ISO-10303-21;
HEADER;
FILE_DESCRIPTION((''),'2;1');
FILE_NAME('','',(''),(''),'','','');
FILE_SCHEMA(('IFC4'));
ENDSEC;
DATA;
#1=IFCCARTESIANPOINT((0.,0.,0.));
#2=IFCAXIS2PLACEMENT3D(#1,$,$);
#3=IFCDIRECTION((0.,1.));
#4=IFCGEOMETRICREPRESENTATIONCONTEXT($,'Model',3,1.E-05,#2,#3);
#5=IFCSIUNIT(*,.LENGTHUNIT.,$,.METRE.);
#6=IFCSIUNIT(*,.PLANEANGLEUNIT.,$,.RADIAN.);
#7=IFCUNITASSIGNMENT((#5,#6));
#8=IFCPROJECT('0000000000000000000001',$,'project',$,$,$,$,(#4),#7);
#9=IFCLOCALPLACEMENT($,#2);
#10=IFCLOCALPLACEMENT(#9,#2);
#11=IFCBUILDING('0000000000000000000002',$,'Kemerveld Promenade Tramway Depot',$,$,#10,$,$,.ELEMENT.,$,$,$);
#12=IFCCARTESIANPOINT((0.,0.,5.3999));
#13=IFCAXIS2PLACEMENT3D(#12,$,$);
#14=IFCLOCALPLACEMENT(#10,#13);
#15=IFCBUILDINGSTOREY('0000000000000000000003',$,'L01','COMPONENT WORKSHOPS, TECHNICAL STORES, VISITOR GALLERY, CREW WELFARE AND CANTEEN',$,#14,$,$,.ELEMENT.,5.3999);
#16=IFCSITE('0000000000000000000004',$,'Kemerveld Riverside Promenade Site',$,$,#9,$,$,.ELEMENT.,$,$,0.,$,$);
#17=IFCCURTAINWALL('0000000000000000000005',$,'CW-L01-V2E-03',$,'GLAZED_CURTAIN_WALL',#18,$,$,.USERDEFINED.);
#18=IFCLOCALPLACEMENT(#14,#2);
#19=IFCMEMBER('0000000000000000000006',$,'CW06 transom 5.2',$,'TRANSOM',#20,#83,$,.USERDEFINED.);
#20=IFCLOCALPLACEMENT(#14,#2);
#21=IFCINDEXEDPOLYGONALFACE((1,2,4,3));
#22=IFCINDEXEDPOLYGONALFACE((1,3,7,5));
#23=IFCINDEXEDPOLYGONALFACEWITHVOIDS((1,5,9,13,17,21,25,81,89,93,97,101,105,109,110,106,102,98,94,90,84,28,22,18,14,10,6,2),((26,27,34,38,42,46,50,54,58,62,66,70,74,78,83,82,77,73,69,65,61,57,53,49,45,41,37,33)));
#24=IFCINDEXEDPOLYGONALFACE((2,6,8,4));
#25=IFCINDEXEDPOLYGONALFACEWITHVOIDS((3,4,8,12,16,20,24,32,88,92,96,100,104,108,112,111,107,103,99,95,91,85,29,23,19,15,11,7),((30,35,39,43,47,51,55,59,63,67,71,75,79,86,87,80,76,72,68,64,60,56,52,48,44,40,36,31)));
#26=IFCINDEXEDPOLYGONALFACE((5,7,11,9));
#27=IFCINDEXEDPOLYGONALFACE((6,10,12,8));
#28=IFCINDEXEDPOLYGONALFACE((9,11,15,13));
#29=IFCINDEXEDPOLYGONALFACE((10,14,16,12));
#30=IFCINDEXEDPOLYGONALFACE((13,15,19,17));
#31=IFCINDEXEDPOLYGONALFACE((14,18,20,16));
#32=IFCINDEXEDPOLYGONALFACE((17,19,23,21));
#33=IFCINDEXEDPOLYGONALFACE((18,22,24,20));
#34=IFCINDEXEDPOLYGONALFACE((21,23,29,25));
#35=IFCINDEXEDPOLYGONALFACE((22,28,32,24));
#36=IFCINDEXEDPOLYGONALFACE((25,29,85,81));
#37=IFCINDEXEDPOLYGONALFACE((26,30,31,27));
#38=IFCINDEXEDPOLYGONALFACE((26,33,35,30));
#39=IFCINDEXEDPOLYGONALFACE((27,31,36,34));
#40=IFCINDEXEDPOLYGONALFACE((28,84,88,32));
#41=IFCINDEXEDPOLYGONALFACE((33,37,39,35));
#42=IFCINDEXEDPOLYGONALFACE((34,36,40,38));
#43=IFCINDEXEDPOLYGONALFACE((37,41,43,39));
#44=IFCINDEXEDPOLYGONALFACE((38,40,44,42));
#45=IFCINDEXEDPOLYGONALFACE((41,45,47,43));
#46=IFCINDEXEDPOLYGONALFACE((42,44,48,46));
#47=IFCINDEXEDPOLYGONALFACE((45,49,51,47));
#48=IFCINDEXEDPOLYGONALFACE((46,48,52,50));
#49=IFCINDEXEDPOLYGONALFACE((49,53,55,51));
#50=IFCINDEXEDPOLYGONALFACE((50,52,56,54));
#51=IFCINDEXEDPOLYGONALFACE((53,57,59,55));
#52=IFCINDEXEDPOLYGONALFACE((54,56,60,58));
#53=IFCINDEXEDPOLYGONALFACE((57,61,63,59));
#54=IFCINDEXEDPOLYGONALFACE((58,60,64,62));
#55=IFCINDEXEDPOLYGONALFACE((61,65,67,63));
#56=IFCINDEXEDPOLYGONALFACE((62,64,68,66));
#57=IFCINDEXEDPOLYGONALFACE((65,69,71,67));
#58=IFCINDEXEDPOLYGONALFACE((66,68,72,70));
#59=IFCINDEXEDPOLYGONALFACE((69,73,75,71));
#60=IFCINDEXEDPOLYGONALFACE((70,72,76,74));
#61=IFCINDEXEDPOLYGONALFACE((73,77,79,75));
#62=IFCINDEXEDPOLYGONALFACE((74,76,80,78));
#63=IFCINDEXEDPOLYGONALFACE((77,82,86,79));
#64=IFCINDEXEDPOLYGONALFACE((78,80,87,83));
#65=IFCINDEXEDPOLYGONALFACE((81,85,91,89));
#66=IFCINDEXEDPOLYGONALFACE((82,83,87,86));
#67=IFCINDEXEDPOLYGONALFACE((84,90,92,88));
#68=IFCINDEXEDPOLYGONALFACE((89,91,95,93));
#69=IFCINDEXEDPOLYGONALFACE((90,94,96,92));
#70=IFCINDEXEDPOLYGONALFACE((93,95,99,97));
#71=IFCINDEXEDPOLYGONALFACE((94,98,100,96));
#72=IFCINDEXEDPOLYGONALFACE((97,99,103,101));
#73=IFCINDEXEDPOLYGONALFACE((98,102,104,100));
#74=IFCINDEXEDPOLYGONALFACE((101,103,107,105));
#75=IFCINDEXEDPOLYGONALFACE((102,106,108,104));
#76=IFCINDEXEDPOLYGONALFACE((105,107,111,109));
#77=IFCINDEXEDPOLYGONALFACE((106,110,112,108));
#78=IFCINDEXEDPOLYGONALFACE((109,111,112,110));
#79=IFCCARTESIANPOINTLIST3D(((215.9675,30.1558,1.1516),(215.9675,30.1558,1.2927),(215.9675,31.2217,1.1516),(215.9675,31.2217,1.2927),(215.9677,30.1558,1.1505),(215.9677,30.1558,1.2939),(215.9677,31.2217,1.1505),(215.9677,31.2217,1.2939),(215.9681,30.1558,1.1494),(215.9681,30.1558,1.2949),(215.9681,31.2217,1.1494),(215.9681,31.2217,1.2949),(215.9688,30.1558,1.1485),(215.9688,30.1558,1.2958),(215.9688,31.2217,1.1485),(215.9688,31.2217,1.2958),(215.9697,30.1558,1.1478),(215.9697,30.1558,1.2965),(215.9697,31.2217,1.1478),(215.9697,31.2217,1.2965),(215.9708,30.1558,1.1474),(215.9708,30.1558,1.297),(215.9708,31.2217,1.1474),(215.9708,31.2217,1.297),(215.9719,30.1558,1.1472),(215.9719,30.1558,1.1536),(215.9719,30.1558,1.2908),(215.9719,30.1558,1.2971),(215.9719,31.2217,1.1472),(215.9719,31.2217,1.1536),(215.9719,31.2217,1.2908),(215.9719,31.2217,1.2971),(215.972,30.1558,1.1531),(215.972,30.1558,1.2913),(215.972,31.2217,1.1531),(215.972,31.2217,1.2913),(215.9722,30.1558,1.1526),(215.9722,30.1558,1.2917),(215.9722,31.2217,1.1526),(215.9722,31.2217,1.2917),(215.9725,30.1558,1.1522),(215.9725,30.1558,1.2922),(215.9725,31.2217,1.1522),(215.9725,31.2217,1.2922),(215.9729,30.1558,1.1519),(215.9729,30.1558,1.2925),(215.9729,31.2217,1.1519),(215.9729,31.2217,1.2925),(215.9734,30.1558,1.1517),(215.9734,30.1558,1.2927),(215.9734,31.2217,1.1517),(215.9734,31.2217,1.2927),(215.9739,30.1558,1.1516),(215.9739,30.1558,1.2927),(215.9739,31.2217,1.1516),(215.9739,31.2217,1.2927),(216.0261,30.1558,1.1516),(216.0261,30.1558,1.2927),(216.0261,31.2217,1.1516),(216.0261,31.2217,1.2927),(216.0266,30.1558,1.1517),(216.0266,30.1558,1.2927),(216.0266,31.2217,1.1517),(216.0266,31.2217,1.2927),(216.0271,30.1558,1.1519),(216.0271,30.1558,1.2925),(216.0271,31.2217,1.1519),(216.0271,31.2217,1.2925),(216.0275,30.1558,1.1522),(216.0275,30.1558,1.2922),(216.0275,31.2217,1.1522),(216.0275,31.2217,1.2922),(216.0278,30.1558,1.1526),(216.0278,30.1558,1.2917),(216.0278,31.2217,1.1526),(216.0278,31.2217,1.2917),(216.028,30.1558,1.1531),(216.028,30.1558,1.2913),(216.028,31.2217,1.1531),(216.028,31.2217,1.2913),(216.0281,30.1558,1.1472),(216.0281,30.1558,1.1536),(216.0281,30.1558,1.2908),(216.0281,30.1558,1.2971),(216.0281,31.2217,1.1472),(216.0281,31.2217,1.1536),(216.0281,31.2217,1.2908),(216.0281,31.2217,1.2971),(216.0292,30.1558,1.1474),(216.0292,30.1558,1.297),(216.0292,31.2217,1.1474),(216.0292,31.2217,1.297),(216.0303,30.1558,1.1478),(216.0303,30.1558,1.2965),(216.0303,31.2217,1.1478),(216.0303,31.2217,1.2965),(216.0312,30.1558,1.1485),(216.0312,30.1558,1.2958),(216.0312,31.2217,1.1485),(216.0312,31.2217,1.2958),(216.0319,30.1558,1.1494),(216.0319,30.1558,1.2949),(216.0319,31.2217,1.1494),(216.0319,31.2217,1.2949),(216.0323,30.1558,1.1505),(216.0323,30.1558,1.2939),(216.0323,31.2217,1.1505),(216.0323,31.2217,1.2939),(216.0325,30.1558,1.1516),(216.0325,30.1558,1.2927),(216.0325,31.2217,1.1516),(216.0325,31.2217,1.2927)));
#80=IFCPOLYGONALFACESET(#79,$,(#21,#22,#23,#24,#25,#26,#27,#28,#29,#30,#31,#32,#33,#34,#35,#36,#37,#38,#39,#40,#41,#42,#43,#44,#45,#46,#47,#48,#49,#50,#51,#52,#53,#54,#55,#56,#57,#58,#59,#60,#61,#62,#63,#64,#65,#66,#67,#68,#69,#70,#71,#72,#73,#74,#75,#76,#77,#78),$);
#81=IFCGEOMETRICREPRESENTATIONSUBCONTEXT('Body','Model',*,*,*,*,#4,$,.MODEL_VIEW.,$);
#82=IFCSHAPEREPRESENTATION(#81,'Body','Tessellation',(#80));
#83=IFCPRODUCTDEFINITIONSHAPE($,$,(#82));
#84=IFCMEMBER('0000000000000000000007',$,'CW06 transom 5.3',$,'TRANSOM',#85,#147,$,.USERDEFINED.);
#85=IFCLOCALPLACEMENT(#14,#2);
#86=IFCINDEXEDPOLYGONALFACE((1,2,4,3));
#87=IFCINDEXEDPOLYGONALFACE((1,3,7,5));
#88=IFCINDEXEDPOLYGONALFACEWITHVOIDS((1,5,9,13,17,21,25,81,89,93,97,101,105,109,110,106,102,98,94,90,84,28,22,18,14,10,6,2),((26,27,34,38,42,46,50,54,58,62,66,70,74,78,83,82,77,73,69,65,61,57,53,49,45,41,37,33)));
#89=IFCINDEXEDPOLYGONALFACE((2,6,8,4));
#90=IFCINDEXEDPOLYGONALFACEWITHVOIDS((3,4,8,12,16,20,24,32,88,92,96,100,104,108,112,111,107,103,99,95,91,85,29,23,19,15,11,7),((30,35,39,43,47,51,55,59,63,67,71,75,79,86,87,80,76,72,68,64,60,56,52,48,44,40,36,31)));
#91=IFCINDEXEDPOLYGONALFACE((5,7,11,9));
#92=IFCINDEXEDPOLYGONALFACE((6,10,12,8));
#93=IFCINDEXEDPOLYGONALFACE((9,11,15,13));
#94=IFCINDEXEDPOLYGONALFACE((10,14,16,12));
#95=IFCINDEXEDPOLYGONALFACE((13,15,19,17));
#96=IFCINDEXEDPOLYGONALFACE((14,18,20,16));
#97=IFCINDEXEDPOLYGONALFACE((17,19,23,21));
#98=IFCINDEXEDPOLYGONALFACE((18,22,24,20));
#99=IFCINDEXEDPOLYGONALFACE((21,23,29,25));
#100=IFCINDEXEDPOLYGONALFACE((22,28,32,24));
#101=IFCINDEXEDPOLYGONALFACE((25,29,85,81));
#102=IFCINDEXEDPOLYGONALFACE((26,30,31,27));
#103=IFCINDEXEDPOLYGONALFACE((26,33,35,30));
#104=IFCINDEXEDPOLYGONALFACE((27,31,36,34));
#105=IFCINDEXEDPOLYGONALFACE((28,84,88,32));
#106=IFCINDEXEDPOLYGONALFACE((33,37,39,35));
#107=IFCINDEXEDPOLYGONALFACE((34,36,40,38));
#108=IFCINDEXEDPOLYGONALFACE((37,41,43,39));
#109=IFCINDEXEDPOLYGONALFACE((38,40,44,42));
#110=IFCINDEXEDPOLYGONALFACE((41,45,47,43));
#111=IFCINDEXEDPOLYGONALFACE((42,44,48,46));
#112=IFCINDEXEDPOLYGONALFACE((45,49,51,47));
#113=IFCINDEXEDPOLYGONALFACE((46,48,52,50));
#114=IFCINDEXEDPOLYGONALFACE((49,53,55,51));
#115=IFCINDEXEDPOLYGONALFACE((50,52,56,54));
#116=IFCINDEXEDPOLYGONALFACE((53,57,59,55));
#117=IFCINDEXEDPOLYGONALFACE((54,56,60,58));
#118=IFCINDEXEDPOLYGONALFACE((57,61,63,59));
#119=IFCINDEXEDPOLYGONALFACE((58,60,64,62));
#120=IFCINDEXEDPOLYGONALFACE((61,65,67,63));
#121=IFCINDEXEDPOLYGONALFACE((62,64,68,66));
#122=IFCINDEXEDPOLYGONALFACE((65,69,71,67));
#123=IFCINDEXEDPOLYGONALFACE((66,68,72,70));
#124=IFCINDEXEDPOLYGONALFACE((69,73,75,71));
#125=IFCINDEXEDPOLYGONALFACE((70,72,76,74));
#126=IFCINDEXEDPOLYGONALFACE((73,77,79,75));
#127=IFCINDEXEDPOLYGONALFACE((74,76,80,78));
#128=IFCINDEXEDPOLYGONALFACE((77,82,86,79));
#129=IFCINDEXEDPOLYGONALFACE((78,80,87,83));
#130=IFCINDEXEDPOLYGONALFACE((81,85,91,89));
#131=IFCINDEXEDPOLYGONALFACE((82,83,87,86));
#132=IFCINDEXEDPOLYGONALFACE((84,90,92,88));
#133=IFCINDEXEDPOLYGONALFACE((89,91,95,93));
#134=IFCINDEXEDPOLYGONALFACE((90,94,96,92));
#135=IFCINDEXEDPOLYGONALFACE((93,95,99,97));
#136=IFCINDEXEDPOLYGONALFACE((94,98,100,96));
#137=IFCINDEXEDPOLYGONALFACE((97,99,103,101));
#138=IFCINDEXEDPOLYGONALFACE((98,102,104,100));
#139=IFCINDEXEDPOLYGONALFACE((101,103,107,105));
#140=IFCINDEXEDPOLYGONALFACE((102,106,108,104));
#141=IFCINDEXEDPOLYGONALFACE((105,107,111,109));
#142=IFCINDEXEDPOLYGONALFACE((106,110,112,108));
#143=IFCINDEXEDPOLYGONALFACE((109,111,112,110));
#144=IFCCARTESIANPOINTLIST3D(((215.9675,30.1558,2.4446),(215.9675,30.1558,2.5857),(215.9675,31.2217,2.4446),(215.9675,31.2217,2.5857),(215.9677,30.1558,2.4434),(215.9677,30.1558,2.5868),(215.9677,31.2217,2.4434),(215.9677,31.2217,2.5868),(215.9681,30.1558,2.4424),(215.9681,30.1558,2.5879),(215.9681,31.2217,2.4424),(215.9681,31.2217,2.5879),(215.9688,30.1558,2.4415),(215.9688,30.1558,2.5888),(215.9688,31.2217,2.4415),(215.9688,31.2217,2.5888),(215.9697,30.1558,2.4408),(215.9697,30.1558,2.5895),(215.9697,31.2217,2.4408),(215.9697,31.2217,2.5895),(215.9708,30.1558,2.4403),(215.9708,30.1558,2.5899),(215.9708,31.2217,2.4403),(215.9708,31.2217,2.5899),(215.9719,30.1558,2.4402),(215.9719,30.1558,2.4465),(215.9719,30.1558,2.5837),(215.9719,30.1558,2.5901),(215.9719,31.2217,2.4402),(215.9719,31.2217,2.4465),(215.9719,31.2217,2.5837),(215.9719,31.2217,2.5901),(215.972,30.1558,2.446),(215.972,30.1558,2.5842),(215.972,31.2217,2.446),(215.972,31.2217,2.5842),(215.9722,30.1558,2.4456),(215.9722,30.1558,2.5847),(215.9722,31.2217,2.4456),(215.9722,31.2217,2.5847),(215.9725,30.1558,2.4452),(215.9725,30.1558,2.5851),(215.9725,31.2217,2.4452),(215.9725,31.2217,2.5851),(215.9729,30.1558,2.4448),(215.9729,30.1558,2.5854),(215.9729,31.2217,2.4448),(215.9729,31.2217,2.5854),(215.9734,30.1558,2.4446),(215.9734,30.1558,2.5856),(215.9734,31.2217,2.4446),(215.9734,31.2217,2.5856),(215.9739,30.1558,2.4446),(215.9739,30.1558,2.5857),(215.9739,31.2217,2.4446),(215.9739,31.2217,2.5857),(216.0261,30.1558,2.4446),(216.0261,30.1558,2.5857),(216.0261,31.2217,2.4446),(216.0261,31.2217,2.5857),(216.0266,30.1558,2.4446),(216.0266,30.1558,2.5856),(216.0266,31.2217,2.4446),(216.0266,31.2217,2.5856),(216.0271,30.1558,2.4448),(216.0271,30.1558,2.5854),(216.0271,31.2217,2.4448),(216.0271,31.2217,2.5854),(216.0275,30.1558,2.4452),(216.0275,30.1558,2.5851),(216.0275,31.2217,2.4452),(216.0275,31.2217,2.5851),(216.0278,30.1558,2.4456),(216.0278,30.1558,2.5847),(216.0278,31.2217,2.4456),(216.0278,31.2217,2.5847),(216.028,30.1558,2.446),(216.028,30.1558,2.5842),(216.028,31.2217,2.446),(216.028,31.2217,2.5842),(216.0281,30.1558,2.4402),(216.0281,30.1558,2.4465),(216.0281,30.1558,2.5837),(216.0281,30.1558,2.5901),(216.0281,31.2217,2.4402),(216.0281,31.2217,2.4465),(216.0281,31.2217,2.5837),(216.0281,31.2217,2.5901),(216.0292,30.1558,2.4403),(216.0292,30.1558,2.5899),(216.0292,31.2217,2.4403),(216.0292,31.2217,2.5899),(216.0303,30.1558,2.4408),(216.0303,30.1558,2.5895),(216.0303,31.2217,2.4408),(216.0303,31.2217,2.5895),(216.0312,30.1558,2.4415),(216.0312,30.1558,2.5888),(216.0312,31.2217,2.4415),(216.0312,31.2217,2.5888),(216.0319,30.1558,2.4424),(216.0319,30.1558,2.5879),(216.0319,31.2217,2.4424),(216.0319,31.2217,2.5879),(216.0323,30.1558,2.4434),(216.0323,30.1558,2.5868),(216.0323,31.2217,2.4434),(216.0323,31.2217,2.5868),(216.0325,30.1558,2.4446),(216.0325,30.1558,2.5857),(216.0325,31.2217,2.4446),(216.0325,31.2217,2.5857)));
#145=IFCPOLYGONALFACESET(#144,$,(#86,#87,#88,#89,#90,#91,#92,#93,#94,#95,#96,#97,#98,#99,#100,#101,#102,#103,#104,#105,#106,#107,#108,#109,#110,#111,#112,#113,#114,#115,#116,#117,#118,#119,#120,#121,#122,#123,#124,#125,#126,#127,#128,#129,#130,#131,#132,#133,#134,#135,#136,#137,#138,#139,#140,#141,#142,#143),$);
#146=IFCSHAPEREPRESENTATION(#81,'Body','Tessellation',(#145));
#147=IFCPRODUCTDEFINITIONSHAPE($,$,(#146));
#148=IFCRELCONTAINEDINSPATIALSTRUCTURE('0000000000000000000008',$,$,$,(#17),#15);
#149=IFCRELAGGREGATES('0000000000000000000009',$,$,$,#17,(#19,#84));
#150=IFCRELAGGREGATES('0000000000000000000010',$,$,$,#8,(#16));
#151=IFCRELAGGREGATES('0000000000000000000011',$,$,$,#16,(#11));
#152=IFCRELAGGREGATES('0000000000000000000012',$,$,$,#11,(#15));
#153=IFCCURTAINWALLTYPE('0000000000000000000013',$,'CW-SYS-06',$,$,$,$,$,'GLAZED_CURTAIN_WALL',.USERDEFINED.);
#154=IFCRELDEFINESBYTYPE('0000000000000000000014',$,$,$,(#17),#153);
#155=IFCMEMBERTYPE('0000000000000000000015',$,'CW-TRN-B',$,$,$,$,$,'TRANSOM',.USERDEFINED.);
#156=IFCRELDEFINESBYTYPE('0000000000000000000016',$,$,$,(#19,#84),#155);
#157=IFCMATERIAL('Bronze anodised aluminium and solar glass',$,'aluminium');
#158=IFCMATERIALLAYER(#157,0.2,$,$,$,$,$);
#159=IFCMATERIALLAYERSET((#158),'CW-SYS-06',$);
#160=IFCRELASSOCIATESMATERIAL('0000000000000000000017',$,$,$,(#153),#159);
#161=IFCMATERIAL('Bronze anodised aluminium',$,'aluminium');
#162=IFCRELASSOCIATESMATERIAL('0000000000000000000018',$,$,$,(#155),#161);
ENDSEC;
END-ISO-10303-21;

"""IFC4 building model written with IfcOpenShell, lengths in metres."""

from ifc_helpers import new_model, si_unit, direction, frame, origin, origin_2d, place, context, subcontext, project, spatial, hollow_rectangle, extrude, material, layer, layer_set, material_profile, profile_set, type_object, element, aggregate, save


model = new_model("IFC4")

# Units and contexts
model_context = context("Model", 3, precision=1e-05, world=origin(), true_north=direction((0.0, 1.0)))
body_context = subcontext(model_context, "Body", "Model", "MODEL_VIEW")
ifc_project = project(units=[si_unit("LENGTHUNIT", "METRE"), si_unit("PLANEANGLEUNIT", "RADIAN")], contexts=[model_context])

# Site, building, storey
site_placement = place(None, origin())
site = spatial("IfcSite", under=ifc_project, at=site_placement, Name="Kemerveld Riverside Promenade Site", CompositionType="ELEMENT", RefElevation=0.0)
building_placement = place(site_placement, origin())
building = spatial("IfcBuilding", under=site, at=building_placement, Name="Kemerveld Promenade Tramway Depot", CompositionType="ELEMENT")
storey_placement = place(building_placement, frame((0.0, 0.0, 5.3999)))
storey = spatial("IfcBuildingStorey", under=building, at=storey_placement, Name="L01", Description="COMPONENT WORKSHOPS, TECHNICAL STORES, VISITOR GALLERY, CREW WELFARE AND CANTEEN", CompositionType="ELEMENT", Elevation=5.3999)

# Curtain wall
ifc_material_1 = material(Name="Bronze anodised aluminium and solar glass", Category="aluminium")
ifc_layer_1 = layer(ifc_material_1, 0.2)
ifc_layer_set_1 = layer_set([ifc_layer_1], Name="CW-SYS-06")
curtain_wall_type_1 = type_object("IfcCurtainWallType", Name="CW-SYS-06", ElementType="GLAZED_CURTAIN_WALL", PredefinedType="USERDEFINED", material=ifc_layer_set_1)
curtain_wall_1_placement = place(storey_placement, origin())
curtain_wall_1 = element("IfcCurtainWall", 1, at=curtain_wall_1_placement, inside=storey, type_object=curtain_wall_type_1, Name="CW-L01-V2E-03", ObjectType="GLAZED_CURTAIN_WALL", PredefinedType="USERDEFINED")
ifc_material_2 = material(Name="Bronze anodised aluminium", Category="aluminium")

# Members
ifc_material_profile_1 = material_profile(ifc_material_2, hollow_rectangle(XDim=0.0649, YDim=0.1499, WallThickness=0.0044, InnerFilletRadius=0.002, OuterFilletRadius=0.0044, at=origin_2d()), Name="CW-TRN-150x65")
ifc_profile_set_1 = profile_set([ifc_material_profile_1], Name="Bronze anodised aluminium")
member_type_1 = type_object("IfcMemberType", Name="CW-TRN-B", ElementType="TRANSOM", PredefinedType="USERDEFINED", material=ifc_profile_set_1)
member_1_placement = place(storey_placement, frame((216.0, 31.2217, 1.2222), z_axis=(0.0, -1.0, 0.0), x_axis=(1.0, 0.0, 0.0)))
member_1 = element("IfcMember", 2, at=member_1_placement, type_object=member_type_1, Name="CW06 transom 5.2", ObjectType="TRANSOM", PredefinedType="USERDEFINED", context=body_context, shape_type="SweptSolid", body=[
    extrude(hollow_rectangle(XDim=0.0649, YDim=0.1499, WallThickness=0.0044, InnerFilletRadius=0.002, OuterFilletRadius=0.0044, at=origin_2d()), origin(), (0.0, 0.0, 1.0), 1.0659),
])
member_2_placement = place(storey_placement, frame((216.0, 31.2217, 2.5151), z_axis=(0.0, -1.0, 0.0), x_axis=(1.0, 0.0, 0.0)))
member_2 = element("IfcMember", 3, at=member_2_placement, type_object=member_type_1, Name="CW06 transom 5.3", ObjectType="TRANSOM", PredefinedType="USERDEFINED", context=body_context, shape_type="SweptSolid", body=[
    extrude(hollow_rectangle(XDim=0.0649, YDim=0.1499, WallThickness=0.0044, InnerFilletRadius=0.002, OuterFilletRadius=0.0044, at=origin_2d()), origin(), (0.0, 0.0, 1.0), 1.0659),
])

aggregate(curtain_wall_1, [member_1, member_2])

save(model, "model.ifc")
